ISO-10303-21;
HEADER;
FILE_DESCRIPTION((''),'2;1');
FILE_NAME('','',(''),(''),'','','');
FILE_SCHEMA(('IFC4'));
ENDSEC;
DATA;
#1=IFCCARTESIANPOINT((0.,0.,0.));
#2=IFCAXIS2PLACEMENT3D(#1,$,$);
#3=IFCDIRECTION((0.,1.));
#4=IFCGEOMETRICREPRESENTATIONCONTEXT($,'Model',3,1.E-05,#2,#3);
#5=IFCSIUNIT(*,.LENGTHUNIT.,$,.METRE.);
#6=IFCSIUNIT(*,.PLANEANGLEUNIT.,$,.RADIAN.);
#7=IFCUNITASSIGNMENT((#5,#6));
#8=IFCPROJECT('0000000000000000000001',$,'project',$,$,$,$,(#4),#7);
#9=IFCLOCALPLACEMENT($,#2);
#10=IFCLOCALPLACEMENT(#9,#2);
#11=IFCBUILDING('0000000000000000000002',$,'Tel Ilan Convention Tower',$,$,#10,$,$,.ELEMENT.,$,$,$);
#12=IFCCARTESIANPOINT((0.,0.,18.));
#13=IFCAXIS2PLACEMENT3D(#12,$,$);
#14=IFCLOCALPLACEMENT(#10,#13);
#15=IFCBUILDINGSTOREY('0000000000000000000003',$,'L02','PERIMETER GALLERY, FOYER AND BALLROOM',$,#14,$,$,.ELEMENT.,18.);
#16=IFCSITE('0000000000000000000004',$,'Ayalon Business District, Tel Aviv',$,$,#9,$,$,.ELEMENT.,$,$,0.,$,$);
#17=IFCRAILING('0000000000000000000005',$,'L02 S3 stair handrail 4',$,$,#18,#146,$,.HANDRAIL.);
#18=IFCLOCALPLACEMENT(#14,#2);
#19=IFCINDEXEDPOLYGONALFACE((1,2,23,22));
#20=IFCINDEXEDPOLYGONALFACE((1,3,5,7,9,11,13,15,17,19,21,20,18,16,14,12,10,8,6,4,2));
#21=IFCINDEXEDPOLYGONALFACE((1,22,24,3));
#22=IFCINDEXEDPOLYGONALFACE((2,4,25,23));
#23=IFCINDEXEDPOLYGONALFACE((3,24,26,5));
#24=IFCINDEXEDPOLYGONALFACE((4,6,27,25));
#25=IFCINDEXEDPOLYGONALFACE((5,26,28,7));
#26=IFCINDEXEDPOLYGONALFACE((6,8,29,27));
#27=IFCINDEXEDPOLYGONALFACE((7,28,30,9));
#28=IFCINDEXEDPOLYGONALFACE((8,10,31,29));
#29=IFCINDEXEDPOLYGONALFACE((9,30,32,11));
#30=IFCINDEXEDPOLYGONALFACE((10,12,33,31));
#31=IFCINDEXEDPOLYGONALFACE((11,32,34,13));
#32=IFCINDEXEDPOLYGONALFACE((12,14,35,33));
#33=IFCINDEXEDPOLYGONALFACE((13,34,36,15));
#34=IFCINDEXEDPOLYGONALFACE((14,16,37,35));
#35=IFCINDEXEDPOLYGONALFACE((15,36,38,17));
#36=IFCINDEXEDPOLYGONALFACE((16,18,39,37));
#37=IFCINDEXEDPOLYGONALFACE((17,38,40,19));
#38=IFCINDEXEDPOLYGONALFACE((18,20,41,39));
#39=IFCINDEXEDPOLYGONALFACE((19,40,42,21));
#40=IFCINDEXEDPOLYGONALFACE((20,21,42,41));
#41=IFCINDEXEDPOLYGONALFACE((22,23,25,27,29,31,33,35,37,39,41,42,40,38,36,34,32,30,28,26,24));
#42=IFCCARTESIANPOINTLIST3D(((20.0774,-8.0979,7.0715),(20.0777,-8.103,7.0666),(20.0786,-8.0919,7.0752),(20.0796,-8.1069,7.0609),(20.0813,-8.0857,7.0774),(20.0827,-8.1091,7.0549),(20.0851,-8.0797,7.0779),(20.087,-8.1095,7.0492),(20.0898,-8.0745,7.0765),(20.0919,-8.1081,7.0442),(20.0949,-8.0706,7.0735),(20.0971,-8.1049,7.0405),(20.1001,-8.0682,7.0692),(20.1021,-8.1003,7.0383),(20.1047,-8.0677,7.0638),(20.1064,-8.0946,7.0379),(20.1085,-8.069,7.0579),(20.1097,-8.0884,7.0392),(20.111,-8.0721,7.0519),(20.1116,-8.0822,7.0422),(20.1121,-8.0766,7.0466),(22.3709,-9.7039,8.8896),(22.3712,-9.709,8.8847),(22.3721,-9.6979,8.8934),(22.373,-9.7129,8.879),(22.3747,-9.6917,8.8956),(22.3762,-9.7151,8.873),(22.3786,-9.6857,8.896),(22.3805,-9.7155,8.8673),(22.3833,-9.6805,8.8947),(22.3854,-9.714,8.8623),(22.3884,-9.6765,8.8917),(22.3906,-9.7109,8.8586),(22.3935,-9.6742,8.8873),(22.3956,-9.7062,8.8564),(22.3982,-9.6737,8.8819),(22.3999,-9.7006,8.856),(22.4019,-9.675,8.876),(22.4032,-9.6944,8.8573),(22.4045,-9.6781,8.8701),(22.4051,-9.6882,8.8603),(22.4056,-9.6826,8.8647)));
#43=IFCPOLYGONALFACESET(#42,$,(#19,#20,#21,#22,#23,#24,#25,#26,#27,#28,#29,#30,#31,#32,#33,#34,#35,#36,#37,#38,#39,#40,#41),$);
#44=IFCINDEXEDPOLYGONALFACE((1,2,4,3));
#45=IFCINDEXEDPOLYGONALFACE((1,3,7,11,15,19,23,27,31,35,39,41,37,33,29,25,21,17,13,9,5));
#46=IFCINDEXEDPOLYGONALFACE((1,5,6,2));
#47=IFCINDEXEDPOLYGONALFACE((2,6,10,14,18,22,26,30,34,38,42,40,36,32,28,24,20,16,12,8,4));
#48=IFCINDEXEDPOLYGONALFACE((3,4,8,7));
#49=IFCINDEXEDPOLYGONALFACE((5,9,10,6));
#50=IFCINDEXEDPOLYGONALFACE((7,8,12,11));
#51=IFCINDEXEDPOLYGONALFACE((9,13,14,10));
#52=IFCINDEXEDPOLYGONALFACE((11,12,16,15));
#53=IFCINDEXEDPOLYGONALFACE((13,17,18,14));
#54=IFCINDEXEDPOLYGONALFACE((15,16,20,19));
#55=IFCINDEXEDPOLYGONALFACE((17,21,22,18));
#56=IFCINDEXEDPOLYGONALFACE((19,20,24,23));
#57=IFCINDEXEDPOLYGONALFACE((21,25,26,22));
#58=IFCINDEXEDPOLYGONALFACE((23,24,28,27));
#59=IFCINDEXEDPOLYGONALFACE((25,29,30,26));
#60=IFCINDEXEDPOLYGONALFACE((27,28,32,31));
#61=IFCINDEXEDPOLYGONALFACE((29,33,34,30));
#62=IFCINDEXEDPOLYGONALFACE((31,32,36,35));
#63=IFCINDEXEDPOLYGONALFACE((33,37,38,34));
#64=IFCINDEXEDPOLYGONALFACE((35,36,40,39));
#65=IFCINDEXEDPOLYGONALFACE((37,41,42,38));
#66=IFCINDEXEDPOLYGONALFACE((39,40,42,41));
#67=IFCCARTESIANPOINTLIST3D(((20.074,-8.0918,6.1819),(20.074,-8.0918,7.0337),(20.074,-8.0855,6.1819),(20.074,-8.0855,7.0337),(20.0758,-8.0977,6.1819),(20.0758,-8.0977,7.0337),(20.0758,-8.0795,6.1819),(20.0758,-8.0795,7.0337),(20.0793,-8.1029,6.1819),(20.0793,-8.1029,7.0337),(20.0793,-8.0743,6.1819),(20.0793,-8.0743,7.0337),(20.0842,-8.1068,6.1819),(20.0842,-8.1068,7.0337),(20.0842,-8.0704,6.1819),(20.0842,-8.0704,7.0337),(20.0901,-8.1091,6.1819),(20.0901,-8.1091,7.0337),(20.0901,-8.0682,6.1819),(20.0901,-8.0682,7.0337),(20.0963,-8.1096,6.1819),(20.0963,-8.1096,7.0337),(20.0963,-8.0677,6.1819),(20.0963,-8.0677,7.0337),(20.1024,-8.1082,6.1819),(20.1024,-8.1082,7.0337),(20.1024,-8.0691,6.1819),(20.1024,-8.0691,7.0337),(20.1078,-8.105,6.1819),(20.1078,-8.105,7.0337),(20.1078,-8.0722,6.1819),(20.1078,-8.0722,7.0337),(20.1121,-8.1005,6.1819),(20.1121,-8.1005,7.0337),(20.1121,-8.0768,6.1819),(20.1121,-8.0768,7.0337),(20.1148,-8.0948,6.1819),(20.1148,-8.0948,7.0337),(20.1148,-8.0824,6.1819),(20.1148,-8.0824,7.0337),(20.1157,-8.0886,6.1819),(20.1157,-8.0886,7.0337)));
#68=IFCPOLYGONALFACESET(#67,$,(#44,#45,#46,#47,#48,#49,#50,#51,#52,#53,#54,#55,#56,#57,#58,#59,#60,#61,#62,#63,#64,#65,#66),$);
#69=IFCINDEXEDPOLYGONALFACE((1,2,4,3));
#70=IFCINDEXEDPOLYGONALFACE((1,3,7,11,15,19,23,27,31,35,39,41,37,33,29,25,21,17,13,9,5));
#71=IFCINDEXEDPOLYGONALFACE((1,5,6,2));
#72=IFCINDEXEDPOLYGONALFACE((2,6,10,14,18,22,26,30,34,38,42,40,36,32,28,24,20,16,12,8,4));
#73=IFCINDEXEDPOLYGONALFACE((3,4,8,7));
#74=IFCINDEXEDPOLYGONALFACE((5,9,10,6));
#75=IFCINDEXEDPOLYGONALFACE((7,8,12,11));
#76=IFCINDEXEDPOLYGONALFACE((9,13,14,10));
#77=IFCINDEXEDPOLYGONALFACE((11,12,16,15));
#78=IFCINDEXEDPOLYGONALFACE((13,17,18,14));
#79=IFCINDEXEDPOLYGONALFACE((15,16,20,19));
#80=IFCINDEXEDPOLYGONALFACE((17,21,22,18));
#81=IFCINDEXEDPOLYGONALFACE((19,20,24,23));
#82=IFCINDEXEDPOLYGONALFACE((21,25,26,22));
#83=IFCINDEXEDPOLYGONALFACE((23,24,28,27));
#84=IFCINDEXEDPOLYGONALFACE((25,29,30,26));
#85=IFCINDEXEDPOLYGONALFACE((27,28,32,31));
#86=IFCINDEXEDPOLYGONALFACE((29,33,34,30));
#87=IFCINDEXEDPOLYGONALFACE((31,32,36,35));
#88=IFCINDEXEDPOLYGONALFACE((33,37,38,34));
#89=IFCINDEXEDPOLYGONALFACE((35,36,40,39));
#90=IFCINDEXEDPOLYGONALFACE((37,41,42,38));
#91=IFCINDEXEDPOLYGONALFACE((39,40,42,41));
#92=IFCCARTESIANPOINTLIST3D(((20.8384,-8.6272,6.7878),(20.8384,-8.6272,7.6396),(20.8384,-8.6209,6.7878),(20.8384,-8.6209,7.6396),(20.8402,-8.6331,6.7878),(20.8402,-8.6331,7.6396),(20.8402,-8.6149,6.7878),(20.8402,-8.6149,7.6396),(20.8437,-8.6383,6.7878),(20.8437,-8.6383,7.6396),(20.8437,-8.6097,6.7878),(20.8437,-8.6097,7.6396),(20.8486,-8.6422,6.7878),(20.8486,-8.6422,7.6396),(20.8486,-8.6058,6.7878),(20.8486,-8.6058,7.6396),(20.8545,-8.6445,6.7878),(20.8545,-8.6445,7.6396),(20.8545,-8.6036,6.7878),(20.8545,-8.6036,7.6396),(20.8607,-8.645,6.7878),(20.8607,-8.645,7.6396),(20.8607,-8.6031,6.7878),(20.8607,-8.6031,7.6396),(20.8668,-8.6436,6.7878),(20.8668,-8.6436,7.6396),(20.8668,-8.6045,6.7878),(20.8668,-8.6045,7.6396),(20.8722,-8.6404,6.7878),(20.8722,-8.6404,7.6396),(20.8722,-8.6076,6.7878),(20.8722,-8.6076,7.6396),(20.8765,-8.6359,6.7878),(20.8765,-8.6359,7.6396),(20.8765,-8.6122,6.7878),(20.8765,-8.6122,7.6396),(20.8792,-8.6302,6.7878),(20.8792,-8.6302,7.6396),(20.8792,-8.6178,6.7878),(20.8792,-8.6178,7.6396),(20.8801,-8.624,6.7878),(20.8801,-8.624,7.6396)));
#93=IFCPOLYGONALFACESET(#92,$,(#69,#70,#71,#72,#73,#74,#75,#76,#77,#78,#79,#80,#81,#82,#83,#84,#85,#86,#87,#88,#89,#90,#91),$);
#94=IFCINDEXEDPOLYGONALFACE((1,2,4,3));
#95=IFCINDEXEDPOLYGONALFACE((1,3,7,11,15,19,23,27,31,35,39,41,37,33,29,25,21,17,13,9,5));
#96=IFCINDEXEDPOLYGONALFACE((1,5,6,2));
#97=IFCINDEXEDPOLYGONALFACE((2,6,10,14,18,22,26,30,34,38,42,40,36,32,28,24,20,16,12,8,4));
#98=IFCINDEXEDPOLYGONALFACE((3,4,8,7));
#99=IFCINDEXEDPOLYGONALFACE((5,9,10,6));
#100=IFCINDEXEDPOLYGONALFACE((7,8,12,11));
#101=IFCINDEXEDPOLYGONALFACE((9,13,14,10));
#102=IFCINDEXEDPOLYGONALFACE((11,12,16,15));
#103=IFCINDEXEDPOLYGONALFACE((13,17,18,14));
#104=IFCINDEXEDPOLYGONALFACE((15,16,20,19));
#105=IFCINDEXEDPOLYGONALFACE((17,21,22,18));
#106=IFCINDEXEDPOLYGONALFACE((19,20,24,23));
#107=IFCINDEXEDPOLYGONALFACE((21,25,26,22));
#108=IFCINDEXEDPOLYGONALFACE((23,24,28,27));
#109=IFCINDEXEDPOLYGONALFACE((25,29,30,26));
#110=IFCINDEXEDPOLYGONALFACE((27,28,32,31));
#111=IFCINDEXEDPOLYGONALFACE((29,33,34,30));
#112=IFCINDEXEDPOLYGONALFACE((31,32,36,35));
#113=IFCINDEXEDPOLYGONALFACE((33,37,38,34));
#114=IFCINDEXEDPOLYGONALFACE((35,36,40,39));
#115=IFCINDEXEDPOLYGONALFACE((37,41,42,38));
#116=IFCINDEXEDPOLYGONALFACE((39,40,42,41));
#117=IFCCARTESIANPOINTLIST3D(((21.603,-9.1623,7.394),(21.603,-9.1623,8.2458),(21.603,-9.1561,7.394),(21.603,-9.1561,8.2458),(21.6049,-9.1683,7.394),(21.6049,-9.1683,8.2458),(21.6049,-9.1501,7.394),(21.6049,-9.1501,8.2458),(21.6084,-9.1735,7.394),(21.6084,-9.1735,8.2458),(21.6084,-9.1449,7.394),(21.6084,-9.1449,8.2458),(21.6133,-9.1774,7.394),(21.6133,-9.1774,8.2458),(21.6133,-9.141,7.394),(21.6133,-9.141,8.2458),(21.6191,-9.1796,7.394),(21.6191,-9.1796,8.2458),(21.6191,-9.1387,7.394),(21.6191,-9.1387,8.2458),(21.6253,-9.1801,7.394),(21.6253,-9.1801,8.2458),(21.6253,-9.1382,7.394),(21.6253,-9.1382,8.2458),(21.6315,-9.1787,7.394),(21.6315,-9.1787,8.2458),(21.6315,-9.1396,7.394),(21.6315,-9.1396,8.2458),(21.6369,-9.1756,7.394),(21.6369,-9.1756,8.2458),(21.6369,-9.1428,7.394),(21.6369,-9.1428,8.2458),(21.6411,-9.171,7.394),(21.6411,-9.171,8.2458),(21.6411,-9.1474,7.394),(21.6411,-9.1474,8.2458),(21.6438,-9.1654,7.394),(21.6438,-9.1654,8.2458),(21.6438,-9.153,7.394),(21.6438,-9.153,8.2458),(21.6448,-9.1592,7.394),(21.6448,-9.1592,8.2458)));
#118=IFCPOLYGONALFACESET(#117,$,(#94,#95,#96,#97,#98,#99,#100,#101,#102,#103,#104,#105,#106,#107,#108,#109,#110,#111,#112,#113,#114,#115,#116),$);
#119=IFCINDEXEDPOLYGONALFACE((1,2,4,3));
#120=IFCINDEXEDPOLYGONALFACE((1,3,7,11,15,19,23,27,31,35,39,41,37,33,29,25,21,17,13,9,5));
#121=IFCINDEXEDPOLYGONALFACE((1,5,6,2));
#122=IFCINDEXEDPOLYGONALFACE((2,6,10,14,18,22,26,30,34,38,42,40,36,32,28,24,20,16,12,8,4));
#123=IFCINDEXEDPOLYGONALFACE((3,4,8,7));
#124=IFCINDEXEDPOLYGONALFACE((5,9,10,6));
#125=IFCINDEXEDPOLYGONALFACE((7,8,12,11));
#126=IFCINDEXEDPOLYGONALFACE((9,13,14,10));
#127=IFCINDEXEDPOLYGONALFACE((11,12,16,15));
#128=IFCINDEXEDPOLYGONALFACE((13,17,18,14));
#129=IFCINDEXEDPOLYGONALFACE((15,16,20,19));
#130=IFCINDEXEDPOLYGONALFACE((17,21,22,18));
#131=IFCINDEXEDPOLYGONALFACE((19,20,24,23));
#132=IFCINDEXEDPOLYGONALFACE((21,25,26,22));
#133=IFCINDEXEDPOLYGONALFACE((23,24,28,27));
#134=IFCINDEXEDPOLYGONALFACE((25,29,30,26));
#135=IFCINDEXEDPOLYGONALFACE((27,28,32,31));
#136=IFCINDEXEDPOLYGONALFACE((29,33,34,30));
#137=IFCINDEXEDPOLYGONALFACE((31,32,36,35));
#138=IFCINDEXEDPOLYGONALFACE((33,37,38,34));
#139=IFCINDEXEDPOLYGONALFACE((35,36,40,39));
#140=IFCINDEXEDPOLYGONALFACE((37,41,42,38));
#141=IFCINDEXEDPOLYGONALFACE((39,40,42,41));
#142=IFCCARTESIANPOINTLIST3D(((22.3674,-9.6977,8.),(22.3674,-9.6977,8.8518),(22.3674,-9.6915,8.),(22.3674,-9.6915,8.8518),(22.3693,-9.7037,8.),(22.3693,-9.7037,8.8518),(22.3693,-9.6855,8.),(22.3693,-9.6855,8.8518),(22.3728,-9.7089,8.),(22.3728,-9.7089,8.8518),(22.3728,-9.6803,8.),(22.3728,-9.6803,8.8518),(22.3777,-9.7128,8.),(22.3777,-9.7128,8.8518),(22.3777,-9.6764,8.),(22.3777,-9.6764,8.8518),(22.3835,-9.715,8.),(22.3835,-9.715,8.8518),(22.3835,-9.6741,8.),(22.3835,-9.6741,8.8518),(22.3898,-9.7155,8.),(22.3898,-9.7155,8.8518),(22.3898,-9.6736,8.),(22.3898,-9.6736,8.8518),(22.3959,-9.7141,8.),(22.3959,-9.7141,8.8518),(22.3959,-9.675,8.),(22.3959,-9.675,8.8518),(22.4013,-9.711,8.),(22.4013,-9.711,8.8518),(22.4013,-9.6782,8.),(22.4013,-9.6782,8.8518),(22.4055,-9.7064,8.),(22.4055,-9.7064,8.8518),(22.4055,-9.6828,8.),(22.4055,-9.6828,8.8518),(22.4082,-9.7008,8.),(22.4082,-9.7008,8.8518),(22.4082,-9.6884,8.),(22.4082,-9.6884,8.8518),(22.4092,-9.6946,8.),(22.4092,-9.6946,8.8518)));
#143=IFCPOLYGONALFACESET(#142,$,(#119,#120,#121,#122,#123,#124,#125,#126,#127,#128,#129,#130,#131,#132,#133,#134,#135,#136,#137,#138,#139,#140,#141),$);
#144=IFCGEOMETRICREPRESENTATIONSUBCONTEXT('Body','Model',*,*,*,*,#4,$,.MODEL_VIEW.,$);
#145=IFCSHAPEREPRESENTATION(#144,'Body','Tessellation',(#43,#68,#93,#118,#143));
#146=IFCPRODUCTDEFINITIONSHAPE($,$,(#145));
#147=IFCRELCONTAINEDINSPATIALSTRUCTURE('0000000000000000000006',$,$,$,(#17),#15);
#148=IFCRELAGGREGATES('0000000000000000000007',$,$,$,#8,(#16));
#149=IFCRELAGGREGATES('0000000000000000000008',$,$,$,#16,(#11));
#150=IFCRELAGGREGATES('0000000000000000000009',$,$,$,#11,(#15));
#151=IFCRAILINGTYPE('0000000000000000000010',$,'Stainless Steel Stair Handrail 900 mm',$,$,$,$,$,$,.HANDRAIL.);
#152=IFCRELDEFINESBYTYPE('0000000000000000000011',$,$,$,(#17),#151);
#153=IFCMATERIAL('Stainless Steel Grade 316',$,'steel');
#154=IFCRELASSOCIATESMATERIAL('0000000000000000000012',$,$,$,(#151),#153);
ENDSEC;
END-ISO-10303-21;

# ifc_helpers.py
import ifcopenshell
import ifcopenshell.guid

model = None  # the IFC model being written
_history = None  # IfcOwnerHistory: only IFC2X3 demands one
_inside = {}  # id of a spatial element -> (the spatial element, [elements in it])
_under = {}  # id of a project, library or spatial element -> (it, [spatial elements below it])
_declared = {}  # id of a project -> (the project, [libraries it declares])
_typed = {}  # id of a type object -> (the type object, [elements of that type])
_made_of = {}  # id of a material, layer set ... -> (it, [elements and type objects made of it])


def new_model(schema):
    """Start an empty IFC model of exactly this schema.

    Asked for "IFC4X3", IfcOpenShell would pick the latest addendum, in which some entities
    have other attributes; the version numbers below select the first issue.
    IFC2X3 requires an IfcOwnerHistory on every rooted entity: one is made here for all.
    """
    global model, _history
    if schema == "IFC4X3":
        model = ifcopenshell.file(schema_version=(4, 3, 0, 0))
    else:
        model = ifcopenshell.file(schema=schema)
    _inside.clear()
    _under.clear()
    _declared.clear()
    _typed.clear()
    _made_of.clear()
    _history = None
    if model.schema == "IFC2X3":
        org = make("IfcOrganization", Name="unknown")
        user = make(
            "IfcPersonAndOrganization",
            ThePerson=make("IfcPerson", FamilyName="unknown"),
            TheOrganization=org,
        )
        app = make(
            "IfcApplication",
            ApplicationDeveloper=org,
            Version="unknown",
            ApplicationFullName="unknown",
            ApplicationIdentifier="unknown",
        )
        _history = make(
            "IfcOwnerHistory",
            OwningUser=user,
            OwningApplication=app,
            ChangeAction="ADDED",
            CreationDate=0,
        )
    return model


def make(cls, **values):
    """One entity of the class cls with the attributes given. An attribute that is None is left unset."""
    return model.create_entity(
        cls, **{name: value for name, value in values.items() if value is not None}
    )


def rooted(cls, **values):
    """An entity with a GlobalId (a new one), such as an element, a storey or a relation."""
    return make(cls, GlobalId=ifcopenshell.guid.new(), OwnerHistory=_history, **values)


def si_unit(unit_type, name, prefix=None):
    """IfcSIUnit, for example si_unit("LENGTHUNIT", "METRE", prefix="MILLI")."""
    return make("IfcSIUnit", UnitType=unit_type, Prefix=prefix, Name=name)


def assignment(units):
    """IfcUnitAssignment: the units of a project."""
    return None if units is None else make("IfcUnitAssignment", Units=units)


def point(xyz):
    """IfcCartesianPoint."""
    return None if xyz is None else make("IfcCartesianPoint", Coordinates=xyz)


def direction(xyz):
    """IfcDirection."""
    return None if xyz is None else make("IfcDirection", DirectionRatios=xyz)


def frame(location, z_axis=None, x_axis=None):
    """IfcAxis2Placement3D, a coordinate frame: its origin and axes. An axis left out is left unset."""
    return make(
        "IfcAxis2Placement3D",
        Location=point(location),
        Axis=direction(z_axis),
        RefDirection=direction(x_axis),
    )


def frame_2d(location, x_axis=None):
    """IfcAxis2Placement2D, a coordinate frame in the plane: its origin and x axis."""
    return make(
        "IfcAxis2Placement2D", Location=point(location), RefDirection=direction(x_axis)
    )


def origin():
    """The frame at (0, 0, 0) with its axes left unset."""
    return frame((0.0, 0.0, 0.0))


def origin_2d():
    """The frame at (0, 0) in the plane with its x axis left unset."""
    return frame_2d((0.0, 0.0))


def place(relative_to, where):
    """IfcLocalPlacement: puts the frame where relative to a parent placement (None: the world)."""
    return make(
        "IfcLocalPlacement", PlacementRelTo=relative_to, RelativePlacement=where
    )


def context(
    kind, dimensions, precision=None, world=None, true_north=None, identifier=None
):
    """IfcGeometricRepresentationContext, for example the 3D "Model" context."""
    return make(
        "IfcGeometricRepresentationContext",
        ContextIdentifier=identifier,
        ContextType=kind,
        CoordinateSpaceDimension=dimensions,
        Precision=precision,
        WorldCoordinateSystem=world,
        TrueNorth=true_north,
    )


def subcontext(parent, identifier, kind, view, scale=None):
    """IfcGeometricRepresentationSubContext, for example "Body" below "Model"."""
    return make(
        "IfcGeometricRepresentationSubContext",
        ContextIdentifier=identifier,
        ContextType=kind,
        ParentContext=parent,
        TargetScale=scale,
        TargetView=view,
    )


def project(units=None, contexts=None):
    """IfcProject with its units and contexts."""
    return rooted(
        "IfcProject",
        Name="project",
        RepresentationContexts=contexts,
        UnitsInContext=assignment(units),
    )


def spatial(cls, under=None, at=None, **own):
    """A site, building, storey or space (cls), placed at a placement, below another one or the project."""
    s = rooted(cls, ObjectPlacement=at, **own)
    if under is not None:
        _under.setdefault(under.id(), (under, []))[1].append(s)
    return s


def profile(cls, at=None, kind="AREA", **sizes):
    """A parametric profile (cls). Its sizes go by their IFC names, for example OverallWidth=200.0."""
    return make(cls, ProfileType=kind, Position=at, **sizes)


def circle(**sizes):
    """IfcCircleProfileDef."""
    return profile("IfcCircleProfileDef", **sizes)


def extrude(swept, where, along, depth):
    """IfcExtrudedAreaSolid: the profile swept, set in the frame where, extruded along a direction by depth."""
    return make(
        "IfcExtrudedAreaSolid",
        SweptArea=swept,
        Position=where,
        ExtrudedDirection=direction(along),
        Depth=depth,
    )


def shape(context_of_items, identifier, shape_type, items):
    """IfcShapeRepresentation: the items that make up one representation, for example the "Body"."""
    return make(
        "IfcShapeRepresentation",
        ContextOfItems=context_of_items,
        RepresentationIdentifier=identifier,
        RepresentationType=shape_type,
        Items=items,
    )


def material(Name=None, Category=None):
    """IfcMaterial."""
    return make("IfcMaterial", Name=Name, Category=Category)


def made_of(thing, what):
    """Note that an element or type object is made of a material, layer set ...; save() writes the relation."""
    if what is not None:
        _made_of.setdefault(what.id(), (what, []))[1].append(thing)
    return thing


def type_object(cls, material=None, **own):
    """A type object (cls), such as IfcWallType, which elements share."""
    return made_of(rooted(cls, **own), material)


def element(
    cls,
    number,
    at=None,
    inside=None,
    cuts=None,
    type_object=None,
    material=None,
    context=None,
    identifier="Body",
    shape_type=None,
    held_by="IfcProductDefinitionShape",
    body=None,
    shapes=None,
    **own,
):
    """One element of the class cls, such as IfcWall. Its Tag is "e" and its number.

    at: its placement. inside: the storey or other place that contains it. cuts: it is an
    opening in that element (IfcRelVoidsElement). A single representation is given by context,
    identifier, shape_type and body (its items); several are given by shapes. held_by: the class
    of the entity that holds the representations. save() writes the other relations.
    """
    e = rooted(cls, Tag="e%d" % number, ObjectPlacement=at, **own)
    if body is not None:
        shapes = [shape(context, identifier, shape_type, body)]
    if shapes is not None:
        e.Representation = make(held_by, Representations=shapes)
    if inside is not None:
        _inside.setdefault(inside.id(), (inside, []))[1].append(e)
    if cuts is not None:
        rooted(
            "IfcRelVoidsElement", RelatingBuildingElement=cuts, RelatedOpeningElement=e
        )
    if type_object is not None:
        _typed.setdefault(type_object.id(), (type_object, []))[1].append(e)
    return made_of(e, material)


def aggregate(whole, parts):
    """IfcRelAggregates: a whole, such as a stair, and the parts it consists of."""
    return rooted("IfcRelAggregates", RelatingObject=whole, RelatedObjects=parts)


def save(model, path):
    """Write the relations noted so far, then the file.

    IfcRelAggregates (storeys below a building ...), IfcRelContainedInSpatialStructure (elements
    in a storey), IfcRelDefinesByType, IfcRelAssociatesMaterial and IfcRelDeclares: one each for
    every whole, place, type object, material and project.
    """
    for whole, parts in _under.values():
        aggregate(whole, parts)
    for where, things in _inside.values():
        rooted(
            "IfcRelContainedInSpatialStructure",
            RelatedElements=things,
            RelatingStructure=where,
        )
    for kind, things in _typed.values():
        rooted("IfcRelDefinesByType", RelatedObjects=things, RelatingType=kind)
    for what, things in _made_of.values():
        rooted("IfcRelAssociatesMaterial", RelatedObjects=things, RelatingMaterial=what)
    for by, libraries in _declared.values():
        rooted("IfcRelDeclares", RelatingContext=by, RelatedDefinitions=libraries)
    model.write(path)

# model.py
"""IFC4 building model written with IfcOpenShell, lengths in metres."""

from ifc_helpers import new_model, si_unit, direction, frame, origin, origin_2d, place, context, subcontext, project, spatial, circle, extrude, material, type_object, element, save


model = new_model("IFC4")

# Units and contexts
model_context = context("Model", 3, precision=1e-05, world=origin(), true_north=direction((0.0, 1.0)))
body_context = subcontext(model_context, "Body", "Model", "MODEL_VIEW")
ifc_project = project(units=[si_unit("LENGTHUNIT", "METRE"), si_unit("PLANEANGLEUNIT", "RADIAN")], contexts=[model_context])

# Site, building, storey
site_placement = place(None, origin())
site = spatial("IfcSite", under=ifc_project, at=site_placement, Name="Ayalon Business District, Tel Aviv", CompositionType="ELEMENT", RefElevation=0.0)
building_placement = place(site_placement, origin())
building = spatial("IfcBuilding", under=site, at=building_placement, Name="Tel Ilan Convention Tower", CompositionType="ELEMENT")
storey_placement = place(building_placement, frame((0.0, 0.0, 18.0)))
storey = spatial("IfcBuildingStorey", under=building, at=storey_placement, Name="L02", Description="PERIMETER GALLERY, FOYER AND BALLROOM", CompositionType="ELEMENT", Elevation=18.0)

# Railing
ifc_material_1 = material(Name="Stainless Steel Grade 316", Category="steel")
railing_type_1 = type_object("IfcRailingType", Name="Stainless Steel Stair Handrail 900 mm", PredefinedType="HANDRAIL", material=ifc_material_1)
for number, where, name in (
    (1, (20.0947, -8.0886, 6.1819), "L02 S3 stair handrail 4"),
):
    element("IfcRailing", number, at=place(storey_placement, frame(where)), inside=storey, type_object=railing_type_1, Name=name, PredefinedType="HANDRAIL", context=body_context, shape_type="SweptSolid", body=[
        extrude(circle(Radius=0.0239, at=origin_2d()), frame((0.0, 0.0, 0.876), z_axis=(0.687003, -0.481063, 0.544615), x_axis=(0.573591, 0.819142, 0.0)), (0.0, 0.0, 1.0), 3.3384),
        extrude(circle(Radius=0.021, at=origin_2d()), origin(), (0.0, 0.0, 1.0), 0.8518),
        extrude(circle(Radius=0.021, at=origin_2d()), frame((0.7644, -0.5354, 0.606)), (0.0, 0.0, 1.0), 0.8518),
        extrude(circle(Radius=0.021, at=origin_2d()), frame((1.5291, -1.0706, 1.2122)), (0.0, 0.0, 1.0), 0.8518),
        extrude(circle(Radius=0.021, at=origin_2d()), frame((2.2935, -1.606, 1.8181)), (0.0, 0.0, 1.0), 0.8518),
    ])

save(model, "model.ifc")
